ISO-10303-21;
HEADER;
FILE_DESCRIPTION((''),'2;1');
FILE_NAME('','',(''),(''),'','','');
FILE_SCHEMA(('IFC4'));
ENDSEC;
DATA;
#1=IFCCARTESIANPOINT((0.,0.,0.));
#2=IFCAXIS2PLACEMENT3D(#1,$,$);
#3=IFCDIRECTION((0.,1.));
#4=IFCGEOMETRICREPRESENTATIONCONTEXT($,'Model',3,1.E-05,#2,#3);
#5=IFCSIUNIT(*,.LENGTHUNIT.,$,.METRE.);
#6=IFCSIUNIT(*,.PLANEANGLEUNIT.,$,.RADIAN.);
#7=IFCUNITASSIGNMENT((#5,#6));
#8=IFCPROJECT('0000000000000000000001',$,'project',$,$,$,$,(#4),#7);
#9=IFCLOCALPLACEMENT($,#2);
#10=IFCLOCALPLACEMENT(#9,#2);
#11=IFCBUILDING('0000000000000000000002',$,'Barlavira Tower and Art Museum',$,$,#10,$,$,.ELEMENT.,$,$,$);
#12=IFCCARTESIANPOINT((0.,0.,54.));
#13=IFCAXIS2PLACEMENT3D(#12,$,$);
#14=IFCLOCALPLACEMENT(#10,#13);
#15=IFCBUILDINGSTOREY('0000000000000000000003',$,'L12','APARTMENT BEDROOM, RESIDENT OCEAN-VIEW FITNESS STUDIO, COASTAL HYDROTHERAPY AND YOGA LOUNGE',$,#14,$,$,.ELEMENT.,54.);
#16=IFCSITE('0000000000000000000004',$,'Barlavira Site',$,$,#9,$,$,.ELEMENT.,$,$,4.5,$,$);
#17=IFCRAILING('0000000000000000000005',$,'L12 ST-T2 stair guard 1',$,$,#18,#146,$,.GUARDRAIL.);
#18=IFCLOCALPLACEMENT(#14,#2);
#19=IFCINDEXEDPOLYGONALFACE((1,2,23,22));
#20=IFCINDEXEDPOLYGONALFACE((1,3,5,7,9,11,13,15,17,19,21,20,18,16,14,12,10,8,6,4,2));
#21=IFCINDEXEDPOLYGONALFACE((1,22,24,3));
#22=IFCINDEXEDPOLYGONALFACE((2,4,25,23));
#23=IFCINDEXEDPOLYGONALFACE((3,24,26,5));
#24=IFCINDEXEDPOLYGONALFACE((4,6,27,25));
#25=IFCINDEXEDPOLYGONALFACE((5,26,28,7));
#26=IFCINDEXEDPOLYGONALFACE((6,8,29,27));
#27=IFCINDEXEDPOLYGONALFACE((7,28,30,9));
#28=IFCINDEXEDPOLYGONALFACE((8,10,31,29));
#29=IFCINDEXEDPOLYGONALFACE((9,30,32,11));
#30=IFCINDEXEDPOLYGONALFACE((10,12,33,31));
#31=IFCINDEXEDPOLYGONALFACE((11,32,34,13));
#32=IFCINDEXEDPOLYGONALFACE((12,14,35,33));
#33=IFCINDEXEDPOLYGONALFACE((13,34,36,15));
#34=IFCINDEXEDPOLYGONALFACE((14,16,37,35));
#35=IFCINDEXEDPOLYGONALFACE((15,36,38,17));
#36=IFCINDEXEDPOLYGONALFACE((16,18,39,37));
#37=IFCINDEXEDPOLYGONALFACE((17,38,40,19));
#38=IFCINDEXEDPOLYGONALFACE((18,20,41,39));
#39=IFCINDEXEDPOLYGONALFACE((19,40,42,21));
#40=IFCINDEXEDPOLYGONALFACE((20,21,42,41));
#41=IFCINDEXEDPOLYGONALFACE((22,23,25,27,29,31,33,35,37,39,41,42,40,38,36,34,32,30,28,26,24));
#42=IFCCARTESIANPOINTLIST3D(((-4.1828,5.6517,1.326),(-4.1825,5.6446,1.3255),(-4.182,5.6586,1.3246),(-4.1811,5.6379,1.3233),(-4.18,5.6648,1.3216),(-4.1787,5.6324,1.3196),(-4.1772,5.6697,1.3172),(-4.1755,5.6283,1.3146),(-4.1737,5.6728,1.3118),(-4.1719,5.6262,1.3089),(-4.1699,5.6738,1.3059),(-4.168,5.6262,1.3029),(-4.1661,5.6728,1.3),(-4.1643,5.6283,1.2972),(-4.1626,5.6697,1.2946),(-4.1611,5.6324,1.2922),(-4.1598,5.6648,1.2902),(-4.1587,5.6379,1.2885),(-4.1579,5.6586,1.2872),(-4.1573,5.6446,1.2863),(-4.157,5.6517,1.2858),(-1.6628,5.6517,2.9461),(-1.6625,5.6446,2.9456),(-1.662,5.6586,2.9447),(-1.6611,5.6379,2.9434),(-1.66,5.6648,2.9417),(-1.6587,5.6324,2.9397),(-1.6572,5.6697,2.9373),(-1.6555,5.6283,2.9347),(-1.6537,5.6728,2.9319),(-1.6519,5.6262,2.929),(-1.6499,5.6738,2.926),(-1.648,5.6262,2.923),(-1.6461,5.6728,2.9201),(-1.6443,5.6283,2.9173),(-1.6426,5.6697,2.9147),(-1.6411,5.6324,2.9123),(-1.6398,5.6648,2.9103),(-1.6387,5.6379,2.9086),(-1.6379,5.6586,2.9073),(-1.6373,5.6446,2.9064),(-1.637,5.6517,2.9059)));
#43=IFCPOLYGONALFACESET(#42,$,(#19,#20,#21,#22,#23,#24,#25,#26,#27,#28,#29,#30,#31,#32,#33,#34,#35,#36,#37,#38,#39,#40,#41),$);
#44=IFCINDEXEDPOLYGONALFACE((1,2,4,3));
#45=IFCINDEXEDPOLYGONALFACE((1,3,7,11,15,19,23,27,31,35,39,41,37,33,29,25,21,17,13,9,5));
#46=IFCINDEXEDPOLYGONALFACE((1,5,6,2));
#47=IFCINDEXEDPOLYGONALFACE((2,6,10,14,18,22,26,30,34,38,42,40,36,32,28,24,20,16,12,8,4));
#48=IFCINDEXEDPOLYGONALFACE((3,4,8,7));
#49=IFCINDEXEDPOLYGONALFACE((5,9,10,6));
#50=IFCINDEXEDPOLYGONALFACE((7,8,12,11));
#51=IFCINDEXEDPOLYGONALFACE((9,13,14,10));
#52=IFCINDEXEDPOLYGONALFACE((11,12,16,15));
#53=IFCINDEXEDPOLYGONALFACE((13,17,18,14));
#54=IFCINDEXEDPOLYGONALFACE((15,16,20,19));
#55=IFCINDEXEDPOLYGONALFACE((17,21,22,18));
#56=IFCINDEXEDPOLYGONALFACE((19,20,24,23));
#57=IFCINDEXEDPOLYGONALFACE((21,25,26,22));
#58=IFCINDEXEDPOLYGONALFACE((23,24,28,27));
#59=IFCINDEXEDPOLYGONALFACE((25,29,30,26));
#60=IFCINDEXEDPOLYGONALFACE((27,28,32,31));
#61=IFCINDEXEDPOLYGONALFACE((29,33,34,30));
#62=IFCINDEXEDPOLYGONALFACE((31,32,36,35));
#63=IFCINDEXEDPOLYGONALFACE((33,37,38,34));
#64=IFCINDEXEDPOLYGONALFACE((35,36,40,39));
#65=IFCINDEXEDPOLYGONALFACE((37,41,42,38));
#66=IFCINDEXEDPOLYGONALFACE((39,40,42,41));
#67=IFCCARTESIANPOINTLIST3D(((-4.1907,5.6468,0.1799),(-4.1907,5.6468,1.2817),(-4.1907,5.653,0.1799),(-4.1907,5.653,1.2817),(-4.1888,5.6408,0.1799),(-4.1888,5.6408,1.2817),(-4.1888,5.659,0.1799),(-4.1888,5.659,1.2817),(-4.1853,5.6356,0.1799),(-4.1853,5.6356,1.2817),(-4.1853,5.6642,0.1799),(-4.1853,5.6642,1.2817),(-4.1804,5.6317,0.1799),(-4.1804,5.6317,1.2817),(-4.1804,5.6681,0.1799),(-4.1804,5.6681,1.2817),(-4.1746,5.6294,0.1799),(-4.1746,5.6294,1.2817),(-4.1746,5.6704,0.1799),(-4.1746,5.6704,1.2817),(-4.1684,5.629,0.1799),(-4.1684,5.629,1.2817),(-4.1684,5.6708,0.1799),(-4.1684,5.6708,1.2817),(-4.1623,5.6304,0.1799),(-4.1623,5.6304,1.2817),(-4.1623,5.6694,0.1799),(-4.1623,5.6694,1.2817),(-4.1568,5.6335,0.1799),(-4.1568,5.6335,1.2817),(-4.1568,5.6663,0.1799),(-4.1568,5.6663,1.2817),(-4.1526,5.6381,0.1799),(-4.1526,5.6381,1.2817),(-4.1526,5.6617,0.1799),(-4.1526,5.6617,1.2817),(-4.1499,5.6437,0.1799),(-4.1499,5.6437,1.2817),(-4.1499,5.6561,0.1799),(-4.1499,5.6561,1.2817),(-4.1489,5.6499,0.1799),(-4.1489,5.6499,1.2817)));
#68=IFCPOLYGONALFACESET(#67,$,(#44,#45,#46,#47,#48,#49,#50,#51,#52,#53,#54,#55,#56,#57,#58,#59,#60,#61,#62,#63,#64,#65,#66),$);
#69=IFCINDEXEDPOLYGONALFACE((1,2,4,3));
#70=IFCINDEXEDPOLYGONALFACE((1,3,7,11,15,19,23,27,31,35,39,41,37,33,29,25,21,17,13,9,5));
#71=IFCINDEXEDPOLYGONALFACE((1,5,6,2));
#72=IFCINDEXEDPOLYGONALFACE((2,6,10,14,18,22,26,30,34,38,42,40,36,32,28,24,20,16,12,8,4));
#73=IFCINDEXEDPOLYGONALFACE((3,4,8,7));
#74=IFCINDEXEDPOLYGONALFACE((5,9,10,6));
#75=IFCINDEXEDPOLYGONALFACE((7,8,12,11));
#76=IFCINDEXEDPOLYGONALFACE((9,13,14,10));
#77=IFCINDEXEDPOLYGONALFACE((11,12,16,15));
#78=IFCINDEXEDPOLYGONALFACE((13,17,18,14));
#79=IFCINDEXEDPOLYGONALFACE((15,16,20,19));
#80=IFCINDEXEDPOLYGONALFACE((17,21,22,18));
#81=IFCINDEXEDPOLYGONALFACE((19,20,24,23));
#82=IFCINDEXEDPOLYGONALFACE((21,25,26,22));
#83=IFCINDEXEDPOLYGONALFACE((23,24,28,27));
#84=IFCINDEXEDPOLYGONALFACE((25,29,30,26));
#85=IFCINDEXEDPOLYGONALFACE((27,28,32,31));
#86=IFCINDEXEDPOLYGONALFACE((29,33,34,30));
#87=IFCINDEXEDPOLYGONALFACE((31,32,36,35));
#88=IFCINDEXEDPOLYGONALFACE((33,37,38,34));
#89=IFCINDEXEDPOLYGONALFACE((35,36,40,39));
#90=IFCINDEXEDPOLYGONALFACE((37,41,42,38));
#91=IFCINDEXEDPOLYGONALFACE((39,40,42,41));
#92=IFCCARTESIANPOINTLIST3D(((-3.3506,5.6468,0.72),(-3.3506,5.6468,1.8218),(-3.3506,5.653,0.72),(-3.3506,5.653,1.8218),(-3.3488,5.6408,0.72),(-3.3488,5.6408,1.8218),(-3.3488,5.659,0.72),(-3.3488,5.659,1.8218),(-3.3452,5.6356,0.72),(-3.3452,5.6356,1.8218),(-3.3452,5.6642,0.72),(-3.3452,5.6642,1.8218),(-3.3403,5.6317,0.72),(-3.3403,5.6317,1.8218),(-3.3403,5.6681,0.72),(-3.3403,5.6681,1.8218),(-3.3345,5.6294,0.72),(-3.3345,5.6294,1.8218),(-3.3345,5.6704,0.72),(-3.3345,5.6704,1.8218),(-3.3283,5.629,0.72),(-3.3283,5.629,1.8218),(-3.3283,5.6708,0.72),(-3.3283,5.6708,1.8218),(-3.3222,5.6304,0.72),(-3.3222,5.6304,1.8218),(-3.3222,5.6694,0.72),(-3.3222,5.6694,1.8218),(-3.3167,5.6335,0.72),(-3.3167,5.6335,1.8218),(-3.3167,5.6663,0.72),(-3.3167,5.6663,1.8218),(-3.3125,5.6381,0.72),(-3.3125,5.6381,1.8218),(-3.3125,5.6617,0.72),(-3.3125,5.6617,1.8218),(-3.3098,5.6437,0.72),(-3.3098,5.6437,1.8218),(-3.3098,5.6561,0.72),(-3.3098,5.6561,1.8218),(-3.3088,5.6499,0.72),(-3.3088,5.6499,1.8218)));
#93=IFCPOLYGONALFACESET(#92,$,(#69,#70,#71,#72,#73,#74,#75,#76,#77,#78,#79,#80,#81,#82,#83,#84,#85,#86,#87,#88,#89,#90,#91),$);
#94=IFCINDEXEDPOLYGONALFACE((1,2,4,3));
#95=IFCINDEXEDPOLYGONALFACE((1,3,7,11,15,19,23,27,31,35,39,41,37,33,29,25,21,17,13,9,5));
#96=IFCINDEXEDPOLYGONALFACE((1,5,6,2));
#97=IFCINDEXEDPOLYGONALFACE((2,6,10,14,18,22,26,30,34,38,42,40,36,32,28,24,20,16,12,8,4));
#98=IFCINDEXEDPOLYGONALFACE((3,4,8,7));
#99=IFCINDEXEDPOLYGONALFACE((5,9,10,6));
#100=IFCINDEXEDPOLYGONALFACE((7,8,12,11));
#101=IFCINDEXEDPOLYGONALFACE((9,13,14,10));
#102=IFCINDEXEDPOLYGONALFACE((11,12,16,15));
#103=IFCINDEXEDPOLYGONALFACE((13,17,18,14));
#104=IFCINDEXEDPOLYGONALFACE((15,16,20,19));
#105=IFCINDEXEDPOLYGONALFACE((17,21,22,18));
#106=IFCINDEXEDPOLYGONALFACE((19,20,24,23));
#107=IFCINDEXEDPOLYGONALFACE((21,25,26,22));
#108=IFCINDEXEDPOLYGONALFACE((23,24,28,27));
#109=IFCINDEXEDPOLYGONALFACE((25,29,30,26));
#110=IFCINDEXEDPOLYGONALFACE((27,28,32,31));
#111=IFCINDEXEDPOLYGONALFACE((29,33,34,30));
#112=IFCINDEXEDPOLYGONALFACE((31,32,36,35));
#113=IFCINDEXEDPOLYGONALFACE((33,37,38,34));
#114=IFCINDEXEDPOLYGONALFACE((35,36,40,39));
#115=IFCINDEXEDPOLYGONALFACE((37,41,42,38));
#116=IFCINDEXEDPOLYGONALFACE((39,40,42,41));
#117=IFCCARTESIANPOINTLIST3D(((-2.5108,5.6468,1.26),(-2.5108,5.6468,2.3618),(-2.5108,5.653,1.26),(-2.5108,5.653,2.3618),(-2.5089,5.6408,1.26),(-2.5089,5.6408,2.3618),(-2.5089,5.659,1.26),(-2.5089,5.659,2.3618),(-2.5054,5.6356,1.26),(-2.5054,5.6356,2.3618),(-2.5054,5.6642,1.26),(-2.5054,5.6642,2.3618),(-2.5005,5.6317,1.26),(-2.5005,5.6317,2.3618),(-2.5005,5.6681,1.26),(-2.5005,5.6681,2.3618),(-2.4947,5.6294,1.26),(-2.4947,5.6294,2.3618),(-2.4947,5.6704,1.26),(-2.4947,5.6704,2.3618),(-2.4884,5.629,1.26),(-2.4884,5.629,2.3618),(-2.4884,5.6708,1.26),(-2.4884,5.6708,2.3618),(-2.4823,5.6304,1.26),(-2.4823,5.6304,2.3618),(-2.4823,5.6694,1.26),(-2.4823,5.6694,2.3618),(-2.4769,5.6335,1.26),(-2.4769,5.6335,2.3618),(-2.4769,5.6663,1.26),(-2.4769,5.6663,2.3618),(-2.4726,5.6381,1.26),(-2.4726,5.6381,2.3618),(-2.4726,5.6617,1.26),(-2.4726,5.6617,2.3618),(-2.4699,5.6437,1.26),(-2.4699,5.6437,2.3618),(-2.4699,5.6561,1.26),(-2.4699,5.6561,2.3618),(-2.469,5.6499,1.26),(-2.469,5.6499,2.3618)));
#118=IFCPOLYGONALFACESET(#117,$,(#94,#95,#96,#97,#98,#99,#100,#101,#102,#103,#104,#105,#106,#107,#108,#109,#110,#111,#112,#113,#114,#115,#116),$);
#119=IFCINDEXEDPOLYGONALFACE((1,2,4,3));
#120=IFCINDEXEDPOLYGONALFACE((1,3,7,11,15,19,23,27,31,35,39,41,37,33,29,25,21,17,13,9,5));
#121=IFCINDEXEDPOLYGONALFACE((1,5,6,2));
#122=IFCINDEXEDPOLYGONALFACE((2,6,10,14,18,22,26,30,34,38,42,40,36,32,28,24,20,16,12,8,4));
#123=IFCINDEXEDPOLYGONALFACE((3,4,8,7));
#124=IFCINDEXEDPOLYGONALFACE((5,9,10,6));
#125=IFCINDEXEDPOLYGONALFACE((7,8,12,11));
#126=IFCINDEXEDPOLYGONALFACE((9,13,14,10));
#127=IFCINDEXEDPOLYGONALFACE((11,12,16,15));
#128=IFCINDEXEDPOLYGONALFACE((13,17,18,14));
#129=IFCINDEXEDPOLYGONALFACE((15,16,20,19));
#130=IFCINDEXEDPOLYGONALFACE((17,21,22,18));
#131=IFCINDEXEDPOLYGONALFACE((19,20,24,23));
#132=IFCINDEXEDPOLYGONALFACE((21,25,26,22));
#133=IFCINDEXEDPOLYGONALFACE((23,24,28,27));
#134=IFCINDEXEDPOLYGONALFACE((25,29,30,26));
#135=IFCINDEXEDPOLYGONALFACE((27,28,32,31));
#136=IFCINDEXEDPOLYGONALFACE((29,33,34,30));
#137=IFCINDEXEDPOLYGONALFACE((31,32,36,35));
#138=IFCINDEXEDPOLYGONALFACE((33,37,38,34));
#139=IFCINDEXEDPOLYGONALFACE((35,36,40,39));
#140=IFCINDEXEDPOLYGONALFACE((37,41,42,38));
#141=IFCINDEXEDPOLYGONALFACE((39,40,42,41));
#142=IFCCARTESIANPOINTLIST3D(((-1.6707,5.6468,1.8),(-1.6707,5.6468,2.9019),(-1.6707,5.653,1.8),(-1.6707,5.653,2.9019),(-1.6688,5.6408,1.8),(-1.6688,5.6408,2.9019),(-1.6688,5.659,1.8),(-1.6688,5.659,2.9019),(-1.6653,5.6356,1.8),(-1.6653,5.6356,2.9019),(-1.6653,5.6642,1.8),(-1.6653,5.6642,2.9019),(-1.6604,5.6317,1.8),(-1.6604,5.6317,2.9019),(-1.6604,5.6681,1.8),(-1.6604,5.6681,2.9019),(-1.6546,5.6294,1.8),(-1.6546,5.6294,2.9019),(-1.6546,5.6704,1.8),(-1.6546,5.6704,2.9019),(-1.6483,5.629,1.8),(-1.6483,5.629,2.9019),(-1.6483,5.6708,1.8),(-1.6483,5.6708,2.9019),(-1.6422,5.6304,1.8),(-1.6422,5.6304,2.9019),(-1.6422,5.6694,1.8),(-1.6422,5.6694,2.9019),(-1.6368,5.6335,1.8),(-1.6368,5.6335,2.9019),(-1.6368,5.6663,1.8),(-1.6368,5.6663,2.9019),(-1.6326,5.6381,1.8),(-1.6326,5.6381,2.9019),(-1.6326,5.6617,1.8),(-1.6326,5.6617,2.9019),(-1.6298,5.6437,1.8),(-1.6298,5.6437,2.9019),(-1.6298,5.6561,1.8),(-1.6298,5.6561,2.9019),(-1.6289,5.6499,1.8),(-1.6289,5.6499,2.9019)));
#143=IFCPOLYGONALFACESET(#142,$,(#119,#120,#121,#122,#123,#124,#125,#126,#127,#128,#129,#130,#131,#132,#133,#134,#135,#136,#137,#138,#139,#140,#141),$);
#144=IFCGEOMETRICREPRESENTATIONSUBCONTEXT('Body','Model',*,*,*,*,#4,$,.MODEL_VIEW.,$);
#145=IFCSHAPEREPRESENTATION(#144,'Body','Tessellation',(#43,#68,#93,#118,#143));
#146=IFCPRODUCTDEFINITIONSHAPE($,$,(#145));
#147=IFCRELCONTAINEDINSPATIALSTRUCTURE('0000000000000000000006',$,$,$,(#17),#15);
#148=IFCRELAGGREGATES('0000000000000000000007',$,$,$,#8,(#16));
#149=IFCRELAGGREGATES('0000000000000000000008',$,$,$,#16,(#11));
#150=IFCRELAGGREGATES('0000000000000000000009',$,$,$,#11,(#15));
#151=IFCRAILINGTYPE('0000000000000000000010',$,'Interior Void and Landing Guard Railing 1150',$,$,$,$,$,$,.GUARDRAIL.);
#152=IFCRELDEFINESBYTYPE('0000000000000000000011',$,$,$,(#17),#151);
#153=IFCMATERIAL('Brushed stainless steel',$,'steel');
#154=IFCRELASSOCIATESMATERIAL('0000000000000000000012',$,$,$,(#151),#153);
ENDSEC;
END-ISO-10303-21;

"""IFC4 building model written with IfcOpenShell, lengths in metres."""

from ifc_helpers import new_model, si_unit, direction, frame, origin, origin_2d, place, context, subcontext, project, spatial, circle, extrude, material, type_object, element, save


model = new_model("IFC4")

# Units and contexts
model_context = context("Model", 3, precision=1e-05, world=origin(), true_north=direction((0.0, 1.0)))
body_context = subcontext(model_context, "Body", "Model", "MODEL_VIEW")
ifc_project = project(units=[si_unit("LENGTHUNIT", "METRE"), si_unit("PLANEANGLEUNIT", "RADIAN")], contexts=[model_context])

# Site, building, storey
site_placement = place(None, origin())
site = spatial("IfcSite", under=ifc_project, at=site_placement, Name="Barlavira Site", CompositionType="ELEMENT", RefElevation=4.5)
building_placement = place(site_placement, origin())
building = spatial("IfcBuilding", under=site, at=building_placement, Name="Barlavira Tower and Art Museum", CompositionType="ELEMENT")
storey_placement = place(building_placement, frame((0.0, 0.0, 54.0)))
storey = spatial("IfcBuildingStorey", under=building, at=storey_placement, Name="L12", Description="APARTMENT BEDROOM, RESIDENT OCEAN-VIEW FITNESS STUDIO, COASTAL HYDROTHERAPY AND YOGA LOUNGE", CompositionType="ELEMENT", Elevation=54.0)

# Shared definitions
ifc_material_1 = material(Name="Brushed stainless steel", Category="steel")

# Railing
railing_type_1 = type_object("IfcRailingType", Name="Interior Void and Landing Guard Railing 1150", PredefinedType="GUARDRAIL", material=ifc_material_1)
railing_1_placement = place(storey_placement, frame((-4.1699, 5.6499, 0.1799)))
element("IfcRailing", 1, at=railing_1_placement, inside=storey, type_object=railing_type_1, Name="L12 ST-T2 stair guard 1", PredefinedType="GUARDRAIL", context=body_context, shape_type="SweptSolid", body=[
    extrude(circle(Radius=0.0239, at=origin_2d()), frame((0.0, 0.0, 1.126), z_axis=(0.841163, 0.0, 0.540782), x_axis=(0.0, 1.0, 0.0)), (0.0, 0.0, 1.0), 2.9958),
    extrude(circle(Radius=0.021, at=origin_2d()), origin(), (0.0, 0.0, 1.0), 1.1018),
    extrude(circle(Radius=0.021, at=origin_2d()), frame((0.8401, 0.0, 0.54)), (0.0, 0.0, 1.0), 1.1018),
    extrude(circle(Radius=0.021, at=origin_2d()), frame((1.6799, 0.0, 1.0801)), (0.0, 0.0, 1.0), 1.1018),
    extrude(circle(Radius=0.021, at=origin_2d()), frame((2.52, 0.0, 1.6201)), (0.0, 0.0, 1.0), 1.1018),
])

save(model, "model.ifc")
